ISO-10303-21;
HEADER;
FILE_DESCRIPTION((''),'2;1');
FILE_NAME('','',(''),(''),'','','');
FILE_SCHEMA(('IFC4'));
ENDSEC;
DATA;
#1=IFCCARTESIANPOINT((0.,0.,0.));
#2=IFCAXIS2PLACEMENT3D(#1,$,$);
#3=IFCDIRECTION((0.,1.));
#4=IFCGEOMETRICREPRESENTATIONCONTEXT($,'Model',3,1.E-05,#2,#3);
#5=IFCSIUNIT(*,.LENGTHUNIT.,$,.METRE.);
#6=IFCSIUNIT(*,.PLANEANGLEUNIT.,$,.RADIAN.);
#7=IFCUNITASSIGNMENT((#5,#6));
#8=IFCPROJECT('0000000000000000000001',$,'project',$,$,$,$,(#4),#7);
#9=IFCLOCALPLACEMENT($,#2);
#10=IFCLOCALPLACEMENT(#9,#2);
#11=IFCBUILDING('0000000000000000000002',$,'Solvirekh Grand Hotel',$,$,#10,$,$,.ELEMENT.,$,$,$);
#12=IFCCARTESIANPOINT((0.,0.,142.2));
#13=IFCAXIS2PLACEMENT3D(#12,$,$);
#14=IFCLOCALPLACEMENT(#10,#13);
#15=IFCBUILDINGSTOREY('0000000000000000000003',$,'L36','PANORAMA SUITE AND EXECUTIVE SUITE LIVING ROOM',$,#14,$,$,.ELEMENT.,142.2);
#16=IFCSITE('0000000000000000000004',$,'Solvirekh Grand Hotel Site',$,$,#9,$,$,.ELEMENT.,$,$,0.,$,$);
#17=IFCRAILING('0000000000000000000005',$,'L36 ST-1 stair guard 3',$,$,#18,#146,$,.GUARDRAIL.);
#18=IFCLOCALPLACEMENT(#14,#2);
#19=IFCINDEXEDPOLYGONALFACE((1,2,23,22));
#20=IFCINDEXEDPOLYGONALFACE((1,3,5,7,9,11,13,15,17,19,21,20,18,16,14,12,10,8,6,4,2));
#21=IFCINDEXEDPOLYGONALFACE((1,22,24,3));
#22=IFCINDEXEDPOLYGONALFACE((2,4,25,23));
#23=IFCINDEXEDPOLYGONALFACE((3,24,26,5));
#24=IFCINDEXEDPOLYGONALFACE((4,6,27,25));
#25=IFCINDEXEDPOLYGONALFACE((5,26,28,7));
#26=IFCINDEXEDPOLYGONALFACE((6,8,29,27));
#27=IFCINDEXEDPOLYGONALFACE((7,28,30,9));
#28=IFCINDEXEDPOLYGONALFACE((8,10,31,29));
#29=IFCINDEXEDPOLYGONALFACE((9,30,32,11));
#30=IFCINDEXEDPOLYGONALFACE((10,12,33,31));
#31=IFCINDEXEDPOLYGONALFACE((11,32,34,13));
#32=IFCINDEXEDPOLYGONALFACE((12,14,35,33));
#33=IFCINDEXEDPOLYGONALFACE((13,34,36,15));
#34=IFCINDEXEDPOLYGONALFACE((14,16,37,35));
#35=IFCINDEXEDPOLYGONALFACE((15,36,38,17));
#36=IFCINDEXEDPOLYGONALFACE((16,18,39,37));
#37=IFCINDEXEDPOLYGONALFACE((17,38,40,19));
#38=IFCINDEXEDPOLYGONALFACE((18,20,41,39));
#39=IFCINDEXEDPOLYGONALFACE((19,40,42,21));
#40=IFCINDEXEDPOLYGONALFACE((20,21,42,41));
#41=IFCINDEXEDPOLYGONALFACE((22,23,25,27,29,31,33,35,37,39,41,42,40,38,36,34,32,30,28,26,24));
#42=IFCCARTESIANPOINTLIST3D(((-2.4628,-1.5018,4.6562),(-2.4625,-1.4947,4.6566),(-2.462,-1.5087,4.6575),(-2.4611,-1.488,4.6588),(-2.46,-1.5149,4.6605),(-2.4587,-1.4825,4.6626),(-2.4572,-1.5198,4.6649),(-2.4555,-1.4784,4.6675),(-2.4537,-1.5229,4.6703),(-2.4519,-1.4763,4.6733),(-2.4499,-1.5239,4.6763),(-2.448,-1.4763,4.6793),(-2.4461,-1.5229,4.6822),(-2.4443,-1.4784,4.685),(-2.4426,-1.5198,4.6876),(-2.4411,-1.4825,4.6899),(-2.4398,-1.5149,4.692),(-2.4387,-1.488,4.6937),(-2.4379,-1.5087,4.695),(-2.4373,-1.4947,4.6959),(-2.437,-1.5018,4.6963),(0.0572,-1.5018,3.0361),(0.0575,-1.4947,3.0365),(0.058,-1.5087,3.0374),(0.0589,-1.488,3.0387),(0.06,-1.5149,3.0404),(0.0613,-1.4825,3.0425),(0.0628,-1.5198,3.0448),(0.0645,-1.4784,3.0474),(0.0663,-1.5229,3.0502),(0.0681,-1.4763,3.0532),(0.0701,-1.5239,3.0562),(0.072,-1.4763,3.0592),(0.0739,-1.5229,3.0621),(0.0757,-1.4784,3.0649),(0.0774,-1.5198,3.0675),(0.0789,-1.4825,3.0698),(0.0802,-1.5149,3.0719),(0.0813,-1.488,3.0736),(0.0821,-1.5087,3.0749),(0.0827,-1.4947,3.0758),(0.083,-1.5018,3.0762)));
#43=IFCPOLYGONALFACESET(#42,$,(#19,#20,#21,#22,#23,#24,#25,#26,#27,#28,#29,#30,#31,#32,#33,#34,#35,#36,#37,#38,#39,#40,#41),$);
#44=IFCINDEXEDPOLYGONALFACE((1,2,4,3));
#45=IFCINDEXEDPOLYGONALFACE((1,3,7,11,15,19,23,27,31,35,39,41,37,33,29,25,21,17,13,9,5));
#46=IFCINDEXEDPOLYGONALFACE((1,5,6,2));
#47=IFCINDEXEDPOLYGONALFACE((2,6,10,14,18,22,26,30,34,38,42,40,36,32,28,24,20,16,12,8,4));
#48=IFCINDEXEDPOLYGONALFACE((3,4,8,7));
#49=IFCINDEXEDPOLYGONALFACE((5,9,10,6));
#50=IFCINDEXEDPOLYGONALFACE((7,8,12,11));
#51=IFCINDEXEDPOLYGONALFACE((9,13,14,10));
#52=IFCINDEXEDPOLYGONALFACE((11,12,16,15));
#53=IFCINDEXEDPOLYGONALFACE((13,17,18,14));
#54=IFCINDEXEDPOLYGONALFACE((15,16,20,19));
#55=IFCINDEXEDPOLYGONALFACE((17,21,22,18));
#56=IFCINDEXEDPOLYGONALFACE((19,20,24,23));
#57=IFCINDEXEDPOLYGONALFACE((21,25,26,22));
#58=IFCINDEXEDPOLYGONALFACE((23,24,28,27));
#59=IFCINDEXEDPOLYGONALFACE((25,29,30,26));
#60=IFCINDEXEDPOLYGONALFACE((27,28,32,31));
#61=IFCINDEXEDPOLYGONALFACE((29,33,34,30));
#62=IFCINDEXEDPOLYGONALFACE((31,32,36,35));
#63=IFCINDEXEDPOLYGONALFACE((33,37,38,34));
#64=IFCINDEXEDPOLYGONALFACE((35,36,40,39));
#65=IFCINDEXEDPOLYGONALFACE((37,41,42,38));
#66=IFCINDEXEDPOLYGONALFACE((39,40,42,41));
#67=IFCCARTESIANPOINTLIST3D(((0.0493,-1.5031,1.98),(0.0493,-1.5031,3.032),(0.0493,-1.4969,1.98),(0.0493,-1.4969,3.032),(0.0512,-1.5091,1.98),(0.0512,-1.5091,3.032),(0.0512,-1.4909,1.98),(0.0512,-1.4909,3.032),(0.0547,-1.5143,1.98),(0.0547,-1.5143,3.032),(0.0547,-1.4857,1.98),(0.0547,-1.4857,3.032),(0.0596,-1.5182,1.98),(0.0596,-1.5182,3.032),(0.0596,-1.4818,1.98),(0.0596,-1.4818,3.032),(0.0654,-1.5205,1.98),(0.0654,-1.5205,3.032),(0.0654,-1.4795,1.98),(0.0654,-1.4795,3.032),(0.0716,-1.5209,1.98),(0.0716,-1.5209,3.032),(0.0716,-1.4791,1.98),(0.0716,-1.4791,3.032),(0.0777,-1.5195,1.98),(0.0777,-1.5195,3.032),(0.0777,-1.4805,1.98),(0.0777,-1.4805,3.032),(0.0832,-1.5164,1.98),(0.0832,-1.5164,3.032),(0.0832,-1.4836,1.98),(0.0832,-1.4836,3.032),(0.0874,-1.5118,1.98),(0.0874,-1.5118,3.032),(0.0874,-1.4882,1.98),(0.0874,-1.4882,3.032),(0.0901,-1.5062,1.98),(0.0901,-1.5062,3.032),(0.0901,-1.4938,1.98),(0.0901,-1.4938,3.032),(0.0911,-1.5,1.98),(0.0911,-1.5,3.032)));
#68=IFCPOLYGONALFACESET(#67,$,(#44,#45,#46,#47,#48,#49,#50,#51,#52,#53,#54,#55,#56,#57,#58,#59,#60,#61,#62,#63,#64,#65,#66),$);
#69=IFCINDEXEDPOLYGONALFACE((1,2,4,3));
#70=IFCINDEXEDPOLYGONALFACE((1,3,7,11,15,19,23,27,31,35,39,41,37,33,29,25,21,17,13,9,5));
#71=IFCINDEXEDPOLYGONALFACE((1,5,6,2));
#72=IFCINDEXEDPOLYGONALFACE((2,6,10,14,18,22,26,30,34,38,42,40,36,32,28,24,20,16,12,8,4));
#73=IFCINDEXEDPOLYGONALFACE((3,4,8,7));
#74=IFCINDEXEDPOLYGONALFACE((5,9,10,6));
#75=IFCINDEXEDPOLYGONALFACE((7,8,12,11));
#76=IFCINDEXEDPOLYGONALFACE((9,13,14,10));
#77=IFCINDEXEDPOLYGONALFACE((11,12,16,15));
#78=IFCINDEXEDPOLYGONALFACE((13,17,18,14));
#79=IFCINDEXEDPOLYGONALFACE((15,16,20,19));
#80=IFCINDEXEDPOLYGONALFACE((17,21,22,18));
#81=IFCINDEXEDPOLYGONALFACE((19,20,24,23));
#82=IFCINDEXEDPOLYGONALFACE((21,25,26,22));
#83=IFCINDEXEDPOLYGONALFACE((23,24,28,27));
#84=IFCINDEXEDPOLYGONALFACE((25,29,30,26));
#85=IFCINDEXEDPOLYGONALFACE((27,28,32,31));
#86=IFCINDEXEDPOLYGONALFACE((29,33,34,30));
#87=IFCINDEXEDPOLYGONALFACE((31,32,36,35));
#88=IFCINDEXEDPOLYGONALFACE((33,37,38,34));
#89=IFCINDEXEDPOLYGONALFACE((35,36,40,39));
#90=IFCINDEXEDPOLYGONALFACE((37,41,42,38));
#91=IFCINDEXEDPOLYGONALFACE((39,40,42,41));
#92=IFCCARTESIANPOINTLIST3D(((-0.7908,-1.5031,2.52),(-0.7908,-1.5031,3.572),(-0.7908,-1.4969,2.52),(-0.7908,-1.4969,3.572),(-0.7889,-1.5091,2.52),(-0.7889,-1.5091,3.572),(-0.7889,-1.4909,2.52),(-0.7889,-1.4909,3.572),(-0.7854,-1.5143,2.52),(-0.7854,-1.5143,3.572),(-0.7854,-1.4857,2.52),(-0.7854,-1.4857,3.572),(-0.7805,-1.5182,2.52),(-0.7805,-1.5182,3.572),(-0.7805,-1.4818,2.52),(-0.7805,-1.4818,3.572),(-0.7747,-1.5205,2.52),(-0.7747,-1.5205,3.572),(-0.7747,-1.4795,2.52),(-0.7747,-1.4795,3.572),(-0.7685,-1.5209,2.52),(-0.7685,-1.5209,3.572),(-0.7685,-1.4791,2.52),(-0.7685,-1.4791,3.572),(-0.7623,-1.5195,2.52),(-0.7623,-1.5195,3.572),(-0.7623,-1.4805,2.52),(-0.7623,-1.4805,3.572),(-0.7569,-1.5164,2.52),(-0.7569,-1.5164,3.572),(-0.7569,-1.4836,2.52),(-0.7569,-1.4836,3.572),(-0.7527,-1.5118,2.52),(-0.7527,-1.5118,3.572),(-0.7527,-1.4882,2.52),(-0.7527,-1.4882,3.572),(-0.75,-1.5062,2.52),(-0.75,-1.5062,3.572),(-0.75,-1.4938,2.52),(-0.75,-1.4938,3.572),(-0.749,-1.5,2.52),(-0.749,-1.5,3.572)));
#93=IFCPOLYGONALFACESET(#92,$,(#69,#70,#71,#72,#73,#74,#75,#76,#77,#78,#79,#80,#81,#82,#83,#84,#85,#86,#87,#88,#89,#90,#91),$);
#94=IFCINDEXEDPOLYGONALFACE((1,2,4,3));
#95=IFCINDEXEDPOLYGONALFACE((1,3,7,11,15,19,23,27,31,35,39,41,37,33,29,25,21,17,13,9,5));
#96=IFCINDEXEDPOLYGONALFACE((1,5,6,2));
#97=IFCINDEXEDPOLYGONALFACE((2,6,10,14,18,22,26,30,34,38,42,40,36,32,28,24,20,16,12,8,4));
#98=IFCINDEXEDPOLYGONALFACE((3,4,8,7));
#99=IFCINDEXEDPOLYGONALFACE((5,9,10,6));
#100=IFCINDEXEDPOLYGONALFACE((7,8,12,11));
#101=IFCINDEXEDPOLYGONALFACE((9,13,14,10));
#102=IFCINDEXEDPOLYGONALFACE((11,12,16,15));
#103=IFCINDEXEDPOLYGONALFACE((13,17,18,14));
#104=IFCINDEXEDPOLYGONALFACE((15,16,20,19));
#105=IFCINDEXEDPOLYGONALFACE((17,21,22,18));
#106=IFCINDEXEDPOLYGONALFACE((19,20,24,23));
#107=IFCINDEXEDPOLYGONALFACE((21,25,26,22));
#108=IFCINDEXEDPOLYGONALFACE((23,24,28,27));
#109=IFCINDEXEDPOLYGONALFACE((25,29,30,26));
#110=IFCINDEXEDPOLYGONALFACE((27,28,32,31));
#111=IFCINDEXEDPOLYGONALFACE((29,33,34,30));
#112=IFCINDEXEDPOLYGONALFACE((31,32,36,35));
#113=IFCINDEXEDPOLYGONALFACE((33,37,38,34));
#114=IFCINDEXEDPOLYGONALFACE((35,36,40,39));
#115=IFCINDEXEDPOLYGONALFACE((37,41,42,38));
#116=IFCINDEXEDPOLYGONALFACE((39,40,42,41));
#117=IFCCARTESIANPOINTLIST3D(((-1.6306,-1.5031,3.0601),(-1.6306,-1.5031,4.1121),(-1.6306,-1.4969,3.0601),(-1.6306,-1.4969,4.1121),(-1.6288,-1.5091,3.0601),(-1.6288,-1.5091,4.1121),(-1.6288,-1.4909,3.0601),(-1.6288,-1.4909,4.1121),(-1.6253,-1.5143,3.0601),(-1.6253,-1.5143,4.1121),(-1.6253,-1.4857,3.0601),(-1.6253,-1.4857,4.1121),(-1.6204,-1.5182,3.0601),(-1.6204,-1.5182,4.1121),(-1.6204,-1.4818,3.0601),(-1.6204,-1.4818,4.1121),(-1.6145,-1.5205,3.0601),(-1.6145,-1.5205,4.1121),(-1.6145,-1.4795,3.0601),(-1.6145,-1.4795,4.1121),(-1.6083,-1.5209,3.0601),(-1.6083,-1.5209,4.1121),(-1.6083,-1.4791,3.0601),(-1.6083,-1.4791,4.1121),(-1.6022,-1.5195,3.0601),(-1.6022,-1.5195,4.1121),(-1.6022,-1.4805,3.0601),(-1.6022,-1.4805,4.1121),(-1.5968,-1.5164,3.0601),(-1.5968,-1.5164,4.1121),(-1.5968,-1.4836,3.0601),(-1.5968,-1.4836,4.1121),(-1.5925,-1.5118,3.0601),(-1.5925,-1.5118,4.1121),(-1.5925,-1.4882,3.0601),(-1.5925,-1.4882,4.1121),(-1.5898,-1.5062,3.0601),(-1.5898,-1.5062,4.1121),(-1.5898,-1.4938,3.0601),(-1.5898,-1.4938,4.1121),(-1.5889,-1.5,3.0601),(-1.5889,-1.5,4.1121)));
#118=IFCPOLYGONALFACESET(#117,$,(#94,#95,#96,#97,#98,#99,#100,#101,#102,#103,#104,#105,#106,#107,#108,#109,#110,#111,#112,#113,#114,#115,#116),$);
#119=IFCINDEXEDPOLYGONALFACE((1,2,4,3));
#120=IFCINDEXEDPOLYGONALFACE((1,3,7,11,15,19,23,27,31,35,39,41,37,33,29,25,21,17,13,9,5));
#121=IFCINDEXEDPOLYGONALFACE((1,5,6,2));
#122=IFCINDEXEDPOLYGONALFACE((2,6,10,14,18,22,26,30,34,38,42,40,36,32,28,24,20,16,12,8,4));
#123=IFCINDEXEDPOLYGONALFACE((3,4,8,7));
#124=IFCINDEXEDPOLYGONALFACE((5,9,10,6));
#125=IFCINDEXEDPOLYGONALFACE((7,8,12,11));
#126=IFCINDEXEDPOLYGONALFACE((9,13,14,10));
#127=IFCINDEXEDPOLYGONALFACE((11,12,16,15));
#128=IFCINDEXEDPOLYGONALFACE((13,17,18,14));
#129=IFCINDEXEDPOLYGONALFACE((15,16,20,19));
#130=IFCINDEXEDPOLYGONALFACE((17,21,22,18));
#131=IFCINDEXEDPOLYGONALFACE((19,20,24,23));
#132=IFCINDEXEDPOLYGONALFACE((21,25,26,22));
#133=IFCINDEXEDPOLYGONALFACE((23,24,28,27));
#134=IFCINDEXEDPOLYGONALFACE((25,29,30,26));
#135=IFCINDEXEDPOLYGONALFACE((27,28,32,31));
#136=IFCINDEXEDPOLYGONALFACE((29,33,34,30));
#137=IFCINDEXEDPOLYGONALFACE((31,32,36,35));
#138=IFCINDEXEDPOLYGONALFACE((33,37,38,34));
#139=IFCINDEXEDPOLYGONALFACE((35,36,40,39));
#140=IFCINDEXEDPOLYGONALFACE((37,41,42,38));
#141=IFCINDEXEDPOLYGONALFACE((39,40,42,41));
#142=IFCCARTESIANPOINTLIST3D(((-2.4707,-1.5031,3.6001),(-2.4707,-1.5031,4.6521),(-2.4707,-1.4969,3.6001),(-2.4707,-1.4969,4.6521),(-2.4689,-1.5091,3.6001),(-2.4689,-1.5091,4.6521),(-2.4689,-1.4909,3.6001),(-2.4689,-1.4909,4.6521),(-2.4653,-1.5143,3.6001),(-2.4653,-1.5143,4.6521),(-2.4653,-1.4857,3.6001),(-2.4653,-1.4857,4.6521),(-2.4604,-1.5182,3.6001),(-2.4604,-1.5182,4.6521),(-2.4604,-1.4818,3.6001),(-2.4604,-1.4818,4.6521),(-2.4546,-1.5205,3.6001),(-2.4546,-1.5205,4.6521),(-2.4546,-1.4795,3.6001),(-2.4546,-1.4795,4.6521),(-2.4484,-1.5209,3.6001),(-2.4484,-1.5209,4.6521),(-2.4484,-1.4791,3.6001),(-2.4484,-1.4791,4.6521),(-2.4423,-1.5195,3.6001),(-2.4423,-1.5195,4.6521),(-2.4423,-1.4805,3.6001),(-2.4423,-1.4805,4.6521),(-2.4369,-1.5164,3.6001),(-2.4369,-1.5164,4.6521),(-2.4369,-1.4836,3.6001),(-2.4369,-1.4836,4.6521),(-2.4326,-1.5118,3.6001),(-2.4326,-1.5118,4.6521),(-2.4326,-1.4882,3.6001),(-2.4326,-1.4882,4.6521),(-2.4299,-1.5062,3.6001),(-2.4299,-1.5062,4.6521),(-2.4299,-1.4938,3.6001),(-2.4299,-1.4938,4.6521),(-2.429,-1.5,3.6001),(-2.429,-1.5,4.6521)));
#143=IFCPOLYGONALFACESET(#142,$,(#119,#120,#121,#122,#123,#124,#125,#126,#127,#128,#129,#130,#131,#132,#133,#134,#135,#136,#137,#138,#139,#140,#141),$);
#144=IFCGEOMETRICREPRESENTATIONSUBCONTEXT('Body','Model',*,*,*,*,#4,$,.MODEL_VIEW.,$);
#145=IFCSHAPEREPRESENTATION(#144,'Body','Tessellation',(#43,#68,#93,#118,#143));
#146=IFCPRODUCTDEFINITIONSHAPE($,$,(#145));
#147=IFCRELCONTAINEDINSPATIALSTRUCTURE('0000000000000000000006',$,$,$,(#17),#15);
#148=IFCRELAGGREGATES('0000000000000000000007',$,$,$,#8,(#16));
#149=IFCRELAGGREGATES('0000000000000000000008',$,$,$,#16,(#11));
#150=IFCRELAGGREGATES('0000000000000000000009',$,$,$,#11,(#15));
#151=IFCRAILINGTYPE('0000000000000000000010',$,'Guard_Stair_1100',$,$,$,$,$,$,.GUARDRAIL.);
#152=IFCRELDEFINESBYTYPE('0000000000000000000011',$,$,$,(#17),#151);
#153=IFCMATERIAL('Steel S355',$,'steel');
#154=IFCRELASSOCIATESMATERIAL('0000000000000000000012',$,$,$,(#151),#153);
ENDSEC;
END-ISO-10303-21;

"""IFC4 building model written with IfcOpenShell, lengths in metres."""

from ifc_helpers import new_model, si_unit, direction, frame, origin, origin_2d, place, context, subcontext, project, spatial, circle, extrude, material, type_object, element, save


model = new_model("IFC4")

# Units and contexts
model_context = context("Model", 3, precision=1e-05, world=origin(), true_north=direction((0.0, 1.0)))
body_context = subcontext(model_context, "Body", "Model", "MODEL_VIEW")
ifc_project = project(units=[si_unit("LENGTHUNIT", "METRE"), si_unit("PLANEANGLEUNIT", "RADIAN")], contexts=[model_context])

# Site, building, storey
site_placement = place(None, origin())
site = spatial("IfcSite", under=ifc_project, at=site_placement, Name="Solvirekh Grand Hotel Site", CompositionType="ELEMENT", RefElevation=0.0)
building_placement = place(site_placement, origin())
building = spatial("IfcBuilding", under=site, at=building_placement, Name="Solvirekh Grand Hotel", CompositionType="ELEMENT")
storey_placement = place(building_placement, frame((0.0, 0.0, 142.2)))
storey = spatial("IfcBuildingStorey", under=building, at=storey_placement, Name="L36", Description="PANORAMA SUITE AND EXECUTIVE SUITE LIVING ROOM", CompositionType="ELEMENT", Elevation=142.2)

# Shared definitions
ifc_material_1 = material(Name="Steel S355", Category="steel")

# Railing
railing_type = type_object("IfcRailingType", Name="Guard_Stair_1100", PredefinedType="GUARDRAIL", material=ifc_material_1)
railing_1_placement = place(storey_placement, frame((0.0701, -1.5, 1.98)))
element("IfcRailing", 1, at=railing_1_placement, inside=storey, type_object=railing_type, Name="L36 ST-1 stair guard 3", PredefinedType="GUARDRAIL", context=body_context, shape_type="SweptSolid", body=[
    extrude(circle(Radius=0.0239, at=origin_2d()), frame((0.0, 0.0, 1.0762), z_axis=(-0.841163, 0.0, 0.540782), x_axis=(0.0, -1.0, 0.0)), (0.0, 0.0, 1.0), 2.9958),
    extrude(circle(Radius=0.021, at=origin_2d()), origin(), (0.0, 0.0, 1.0), 1.052),
    extrude(circle(Radius=0.021, at=origin_2d()), frame((-0.8401, 0.0, 0.54)), (0.0, 0.0, 1.0), 1.052),
    extrude(circle(Radius=0.021, at=origin_2d()), frame((-1.6799, 0.0, 1.0801)), (0.0, 0.0, 1.0), 1.052),
    extrude(circle(Radius=0.021, at=origin_2d()), frame((-2.52, 0.0, 1.6201)), (0.0, 0.0, 1.0), 1.052),
])

save(model, "model.ifc")
